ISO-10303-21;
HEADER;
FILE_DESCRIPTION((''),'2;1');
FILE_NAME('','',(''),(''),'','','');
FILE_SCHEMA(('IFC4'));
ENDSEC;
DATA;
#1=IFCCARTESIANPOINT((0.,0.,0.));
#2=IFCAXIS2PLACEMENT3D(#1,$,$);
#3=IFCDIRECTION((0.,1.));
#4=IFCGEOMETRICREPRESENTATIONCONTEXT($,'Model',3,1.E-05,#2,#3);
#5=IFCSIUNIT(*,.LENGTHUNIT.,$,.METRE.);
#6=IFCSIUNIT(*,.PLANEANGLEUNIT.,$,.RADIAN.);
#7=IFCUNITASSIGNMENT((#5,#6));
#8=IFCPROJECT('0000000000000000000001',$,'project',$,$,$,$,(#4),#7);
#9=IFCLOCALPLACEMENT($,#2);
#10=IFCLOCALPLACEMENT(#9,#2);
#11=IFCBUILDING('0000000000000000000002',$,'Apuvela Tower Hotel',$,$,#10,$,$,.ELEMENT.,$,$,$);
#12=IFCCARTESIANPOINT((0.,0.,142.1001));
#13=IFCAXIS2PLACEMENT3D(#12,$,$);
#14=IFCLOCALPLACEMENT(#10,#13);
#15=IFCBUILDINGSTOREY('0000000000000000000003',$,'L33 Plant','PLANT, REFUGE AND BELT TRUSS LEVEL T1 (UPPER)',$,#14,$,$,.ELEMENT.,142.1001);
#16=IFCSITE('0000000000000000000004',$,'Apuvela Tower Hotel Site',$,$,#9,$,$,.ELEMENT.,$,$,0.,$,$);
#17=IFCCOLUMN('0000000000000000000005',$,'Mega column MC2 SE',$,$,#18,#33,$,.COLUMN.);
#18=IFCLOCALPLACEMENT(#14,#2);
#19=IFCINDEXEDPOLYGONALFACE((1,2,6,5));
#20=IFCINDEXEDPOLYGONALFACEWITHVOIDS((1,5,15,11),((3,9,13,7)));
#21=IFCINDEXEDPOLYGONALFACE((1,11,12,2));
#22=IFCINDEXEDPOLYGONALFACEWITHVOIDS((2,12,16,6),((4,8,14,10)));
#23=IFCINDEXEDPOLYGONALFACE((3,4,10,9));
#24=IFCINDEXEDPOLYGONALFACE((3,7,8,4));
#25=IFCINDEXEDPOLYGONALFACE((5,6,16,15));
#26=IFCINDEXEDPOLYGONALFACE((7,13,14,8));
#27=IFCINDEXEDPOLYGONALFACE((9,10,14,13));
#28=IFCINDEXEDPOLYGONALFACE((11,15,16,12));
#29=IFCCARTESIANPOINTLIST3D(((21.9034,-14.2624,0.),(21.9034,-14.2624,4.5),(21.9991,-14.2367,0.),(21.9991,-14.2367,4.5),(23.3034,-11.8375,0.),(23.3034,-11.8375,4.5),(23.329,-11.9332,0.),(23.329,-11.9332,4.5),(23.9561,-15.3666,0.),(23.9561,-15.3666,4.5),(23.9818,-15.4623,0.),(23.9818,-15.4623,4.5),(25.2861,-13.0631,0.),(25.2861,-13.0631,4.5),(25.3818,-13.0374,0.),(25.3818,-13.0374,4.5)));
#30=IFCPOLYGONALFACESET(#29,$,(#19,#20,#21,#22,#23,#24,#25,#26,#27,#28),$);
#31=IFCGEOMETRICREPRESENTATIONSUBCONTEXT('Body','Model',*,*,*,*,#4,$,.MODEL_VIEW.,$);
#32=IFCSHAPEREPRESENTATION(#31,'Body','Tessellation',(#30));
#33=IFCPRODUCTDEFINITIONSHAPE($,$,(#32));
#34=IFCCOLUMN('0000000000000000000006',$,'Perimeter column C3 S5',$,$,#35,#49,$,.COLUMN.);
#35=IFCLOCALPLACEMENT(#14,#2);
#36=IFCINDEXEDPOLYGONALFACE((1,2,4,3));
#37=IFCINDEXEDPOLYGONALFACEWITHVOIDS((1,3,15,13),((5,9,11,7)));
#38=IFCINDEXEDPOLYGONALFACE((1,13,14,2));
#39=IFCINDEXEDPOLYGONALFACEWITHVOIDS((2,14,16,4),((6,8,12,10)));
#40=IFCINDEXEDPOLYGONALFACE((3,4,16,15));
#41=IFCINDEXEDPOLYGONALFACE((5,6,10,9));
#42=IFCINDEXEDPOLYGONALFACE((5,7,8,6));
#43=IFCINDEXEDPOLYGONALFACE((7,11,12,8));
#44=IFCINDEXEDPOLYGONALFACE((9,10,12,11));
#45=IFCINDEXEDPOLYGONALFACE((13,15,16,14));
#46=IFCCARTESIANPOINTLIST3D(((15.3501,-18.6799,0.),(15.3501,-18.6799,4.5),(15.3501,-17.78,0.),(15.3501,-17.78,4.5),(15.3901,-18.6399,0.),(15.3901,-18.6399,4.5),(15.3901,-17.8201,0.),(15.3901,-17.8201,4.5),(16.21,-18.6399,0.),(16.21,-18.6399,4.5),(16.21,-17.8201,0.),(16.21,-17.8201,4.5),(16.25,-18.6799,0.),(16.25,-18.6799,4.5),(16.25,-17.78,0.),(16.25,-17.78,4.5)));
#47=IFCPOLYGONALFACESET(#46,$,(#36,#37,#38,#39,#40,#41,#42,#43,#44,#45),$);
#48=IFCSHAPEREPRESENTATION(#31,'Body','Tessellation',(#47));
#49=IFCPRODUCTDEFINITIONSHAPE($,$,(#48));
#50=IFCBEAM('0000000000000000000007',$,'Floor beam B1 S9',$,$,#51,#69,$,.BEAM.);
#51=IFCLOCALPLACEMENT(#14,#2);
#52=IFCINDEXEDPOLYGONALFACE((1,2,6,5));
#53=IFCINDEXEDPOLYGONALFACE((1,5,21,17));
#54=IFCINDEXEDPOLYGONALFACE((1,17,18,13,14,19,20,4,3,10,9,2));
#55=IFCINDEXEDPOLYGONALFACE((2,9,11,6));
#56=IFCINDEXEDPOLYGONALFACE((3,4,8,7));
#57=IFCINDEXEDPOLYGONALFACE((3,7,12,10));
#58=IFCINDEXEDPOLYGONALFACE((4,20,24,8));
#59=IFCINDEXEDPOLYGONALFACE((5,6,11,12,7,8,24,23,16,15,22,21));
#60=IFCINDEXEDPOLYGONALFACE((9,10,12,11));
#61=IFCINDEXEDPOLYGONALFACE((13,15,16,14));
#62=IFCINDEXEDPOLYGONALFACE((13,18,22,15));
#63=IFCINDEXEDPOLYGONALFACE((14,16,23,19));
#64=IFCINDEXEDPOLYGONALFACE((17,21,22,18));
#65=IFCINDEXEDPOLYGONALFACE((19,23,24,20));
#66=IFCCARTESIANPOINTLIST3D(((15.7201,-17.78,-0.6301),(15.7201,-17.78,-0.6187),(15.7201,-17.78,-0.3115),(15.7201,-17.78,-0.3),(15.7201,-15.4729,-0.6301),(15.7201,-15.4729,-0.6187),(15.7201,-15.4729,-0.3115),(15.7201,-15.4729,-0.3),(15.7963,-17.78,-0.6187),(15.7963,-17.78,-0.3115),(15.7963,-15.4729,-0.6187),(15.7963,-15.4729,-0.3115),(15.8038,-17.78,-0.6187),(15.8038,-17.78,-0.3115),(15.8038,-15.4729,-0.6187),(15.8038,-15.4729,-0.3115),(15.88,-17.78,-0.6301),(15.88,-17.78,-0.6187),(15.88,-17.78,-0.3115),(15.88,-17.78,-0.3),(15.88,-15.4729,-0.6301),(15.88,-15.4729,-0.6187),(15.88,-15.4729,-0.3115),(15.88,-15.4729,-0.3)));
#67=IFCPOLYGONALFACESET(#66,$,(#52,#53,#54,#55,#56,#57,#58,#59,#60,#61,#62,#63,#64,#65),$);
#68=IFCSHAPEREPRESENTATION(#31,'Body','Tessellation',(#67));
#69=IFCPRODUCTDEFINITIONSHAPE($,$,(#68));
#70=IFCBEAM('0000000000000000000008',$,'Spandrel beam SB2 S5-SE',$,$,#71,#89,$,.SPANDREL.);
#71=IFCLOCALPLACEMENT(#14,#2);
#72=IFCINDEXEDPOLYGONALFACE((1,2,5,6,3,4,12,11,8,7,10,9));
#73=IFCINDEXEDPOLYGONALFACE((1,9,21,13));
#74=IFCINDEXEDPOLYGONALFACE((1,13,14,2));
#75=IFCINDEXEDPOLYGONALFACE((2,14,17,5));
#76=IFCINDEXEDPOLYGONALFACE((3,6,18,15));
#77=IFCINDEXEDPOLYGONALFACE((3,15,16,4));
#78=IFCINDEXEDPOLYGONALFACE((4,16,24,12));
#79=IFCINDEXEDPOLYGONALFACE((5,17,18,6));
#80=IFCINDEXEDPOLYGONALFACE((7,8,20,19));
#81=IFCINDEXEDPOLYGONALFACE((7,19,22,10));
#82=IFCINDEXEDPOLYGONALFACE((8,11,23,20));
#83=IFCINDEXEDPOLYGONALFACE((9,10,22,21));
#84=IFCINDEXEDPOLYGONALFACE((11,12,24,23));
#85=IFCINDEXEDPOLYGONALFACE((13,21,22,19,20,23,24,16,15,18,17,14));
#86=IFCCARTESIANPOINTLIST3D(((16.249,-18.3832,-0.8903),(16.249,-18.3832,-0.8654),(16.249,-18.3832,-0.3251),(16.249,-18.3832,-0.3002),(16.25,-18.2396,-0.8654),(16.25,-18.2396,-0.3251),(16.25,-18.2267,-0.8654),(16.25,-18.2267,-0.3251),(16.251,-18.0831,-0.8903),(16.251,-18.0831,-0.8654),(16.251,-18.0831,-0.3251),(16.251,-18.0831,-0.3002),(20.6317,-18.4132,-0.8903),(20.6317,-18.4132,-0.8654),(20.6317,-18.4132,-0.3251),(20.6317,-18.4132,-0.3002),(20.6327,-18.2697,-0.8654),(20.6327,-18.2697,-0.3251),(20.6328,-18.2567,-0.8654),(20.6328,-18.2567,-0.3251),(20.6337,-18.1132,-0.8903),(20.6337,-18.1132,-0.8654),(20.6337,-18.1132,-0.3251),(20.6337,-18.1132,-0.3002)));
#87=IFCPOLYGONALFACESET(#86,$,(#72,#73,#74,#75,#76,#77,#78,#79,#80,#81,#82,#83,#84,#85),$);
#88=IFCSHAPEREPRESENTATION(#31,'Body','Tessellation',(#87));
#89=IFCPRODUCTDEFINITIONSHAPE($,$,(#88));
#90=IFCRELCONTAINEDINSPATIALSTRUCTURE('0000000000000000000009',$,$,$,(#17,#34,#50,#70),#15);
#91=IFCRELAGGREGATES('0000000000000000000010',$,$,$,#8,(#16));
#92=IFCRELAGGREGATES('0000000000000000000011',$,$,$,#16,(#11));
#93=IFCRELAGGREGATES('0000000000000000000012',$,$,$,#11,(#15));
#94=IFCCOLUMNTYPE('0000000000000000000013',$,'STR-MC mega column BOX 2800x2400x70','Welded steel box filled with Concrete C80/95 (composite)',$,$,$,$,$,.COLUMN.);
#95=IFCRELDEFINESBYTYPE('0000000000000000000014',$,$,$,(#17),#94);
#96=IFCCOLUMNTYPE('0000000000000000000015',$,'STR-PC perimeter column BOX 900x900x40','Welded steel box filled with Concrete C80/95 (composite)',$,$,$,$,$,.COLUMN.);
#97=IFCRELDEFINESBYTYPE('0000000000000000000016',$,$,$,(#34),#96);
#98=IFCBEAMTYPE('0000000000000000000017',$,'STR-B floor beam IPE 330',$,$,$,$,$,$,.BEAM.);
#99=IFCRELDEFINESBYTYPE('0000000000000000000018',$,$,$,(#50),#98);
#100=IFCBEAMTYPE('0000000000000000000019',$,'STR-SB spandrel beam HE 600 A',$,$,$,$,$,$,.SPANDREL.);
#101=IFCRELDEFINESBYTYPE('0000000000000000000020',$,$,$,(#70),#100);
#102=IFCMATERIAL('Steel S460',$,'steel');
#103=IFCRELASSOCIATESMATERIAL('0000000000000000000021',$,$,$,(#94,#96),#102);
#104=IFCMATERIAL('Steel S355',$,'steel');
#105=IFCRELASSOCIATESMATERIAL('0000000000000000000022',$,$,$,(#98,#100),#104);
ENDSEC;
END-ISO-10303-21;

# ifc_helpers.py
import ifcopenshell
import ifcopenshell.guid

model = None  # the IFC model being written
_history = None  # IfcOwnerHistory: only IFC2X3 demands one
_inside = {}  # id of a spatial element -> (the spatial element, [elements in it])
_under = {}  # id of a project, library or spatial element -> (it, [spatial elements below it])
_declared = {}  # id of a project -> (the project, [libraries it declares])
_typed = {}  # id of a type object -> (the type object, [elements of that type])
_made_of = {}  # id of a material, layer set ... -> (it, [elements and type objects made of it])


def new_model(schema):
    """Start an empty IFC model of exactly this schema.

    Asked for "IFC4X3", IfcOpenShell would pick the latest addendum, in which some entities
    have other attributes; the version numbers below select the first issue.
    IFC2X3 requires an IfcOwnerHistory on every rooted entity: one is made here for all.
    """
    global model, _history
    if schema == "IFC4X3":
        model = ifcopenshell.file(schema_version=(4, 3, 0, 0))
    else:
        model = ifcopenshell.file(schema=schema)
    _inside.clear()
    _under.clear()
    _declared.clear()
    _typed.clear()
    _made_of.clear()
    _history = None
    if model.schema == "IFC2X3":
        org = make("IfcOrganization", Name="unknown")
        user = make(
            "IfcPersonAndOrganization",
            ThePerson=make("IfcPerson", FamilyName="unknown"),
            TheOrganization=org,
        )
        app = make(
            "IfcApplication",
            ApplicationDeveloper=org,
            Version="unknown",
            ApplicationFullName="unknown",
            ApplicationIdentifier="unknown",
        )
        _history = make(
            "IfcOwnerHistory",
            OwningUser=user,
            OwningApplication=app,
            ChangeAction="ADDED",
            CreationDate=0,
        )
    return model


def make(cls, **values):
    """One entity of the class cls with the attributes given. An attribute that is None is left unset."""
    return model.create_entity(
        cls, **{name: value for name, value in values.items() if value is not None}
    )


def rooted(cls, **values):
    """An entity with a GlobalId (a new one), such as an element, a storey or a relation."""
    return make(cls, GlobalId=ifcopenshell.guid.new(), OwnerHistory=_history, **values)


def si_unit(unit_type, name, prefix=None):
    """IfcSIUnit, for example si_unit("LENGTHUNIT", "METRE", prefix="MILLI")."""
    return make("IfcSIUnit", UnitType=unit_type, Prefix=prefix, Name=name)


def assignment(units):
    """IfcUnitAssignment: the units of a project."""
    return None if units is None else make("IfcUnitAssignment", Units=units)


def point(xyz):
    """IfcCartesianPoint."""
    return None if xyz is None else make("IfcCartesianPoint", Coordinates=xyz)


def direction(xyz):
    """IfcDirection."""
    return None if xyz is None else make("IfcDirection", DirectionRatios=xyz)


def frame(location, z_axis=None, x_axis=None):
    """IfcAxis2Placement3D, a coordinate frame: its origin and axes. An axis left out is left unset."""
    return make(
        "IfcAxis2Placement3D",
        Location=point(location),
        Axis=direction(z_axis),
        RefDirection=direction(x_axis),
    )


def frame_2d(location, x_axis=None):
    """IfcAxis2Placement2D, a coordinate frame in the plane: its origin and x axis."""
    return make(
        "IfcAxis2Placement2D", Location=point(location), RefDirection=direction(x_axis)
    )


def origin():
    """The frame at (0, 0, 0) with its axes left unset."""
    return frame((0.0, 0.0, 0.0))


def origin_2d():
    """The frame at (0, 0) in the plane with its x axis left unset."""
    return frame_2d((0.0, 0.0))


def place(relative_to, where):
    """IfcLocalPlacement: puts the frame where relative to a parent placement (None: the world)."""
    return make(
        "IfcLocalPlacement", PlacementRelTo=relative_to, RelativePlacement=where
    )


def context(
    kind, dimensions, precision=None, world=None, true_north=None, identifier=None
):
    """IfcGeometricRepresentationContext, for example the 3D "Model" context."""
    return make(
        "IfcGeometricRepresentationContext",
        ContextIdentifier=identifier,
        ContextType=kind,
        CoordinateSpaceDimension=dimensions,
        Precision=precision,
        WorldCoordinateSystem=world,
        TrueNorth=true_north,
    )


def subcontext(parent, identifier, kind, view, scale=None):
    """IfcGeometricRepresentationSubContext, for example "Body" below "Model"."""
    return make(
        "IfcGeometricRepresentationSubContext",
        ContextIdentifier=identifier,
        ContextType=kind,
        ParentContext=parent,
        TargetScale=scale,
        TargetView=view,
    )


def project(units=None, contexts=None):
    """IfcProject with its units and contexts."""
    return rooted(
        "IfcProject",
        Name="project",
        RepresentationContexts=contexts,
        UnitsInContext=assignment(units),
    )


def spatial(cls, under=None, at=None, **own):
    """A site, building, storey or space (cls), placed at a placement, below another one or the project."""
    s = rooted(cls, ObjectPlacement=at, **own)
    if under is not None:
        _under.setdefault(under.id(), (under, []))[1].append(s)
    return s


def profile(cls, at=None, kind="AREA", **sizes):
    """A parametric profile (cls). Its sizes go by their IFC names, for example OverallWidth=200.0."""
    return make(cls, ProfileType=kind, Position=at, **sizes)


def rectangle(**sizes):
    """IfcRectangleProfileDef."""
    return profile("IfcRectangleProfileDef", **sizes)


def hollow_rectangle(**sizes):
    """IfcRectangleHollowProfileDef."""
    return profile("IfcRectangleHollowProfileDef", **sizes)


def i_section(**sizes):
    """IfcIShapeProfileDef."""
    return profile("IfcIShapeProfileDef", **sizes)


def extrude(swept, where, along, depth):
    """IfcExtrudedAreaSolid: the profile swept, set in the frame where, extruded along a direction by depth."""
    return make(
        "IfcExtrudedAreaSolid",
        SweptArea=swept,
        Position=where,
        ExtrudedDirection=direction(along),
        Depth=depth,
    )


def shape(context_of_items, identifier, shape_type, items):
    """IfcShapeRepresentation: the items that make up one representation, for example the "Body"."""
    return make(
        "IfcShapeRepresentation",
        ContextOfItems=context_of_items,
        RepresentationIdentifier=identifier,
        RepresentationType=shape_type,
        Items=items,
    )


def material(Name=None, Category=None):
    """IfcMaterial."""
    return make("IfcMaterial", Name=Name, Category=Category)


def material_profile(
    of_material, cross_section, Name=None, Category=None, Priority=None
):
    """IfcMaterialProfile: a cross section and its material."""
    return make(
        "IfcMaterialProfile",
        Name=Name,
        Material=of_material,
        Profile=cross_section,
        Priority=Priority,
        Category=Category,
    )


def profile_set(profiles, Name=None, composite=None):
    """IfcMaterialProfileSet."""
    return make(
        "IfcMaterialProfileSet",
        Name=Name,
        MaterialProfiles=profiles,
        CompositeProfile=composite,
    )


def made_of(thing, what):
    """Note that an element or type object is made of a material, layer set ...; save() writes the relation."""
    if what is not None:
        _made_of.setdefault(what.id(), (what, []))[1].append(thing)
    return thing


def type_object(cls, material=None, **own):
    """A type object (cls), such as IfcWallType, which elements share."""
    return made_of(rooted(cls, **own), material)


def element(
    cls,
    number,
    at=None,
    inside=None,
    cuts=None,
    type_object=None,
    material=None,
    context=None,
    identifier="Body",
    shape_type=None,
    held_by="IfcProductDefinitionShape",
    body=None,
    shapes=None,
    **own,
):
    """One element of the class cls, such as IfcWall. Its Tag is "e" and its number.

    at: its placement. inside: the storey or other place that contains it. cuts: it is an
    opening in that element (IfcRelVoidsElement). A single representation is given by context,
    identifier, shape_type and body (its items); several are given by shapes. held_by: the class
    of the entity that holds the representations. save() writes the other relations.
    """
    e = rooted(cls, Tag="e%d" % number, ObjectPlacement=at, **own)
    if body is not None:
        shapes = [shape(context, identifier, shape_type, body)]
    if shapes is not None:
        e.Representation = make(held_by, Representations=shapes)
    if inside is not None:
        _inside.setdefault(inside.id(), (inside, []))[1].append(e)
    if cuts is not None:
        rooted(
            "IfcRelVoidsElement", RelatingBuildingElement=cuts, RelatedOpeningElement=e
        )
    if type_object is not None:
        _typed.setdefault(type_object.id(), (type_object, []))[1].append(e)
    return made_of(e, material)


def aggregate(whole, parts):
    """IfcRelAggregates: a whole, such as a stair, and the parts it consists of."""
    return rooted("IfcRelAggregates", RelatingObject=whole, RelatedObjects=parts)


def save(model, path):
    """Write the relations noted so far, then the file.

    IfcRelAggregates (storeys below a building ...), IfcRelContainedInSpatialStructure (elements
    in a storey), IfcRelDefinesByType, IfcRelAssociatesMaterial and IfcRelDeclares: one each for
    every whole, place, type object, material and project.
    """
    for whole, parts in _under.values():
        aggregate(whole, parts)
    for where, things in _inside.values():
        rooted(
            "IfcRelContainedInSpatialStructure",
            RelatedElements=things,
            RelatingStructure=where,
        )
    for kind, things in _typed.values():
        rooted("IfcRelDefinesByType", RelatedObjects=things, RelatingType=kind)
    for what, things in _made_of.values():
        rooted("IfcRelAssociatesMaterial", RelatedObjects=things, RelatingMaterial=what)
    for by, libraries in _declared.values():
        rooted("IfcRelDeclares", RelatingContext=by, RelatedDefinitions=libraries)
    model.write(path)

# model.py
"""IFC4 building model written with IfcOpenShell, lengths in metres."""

from ifc_helpers import new_model, si_unit, direction, frame, origin, origin_2d, place, context, subcontext, project, spatial, rectangle, hollow_rectangle, i_section, extrude, material, material_profile, profile_set, type_object, element, save


model = new_model("IFC4")

# Units and contexts
model_context = context("Model", 3, precision=1e-05, world=origin(), true_north=direction((0.0, 1.0)))
body_context = subcontext(model_context, "Body", "Model", "MODEL_VIEW")
ifc_project = project(units=[si_unit("LENGTHUNIT", "METRE"), si_unit("PLANEANGLEUNIT", "RADIAN")], contexts=[model_context])

# Site, building, storey
site_placement = place(None, origin())
site = spatial("IfcSite", under=ifc_project, at=site_placement, Name="Apuvela Tower Hotel Site", CompositionType="ELEMENT", RefElevation=0.0)
building_placement = place(site_placement, origin())
building = spatial("IfcBuilding", under=site, at=building_placement, Name="Apuvela Tower Hotel", CompositionType="ELEMENT")
storey_placement = place(building_placement, frame((0.0, 0.0, 142.1001)))
storey = spatial("IfcBuildingStorey", under=building, at=storey_placement, Name="L33 Plant", Description="PLANT, REFUGE AND BELT TRUSS LEVEL T1 (UPPER)", CompositionType="ELEMENT", Elevation=142.1001)

# Columns
ifc_material_1 = material(Name="Steel S460", Category="steel")
ifc_material_profile_1 = material_profile(ifc_material_1, hollow_rectangle(XDim=2.8, YDim=2.3999, WallThickness=0.0701, at=origin_2d()), Name="BOX 2800x2400x70")
ifc_material_2 = material(Name="Concrete C80/95", Category="concrete")
ifc_material_profile_2 = material_profile(ifc_material_2, rectangle(XDim=2.6599, YDim=2.26, at=origin_2d()), Name="Concrete C80/95 infill")
ifc_profile_set_1 = profile_set([ifc_material_profile_1, ifc_material_profile_2], Name="Steel S460")
column_type_1 = type_object("IfcColumnType", Name="STR-MC mega column BOX 2800x2400x70", Description="Welded steel box filled with Concrete C80/95 (composite)", PredefinedType="COLUMN", material=ifc_profile_set_1)
column_1_placement = place(storey_placement, frame((23.6426, -13.6499, 0.0), z_axis=(0.0, 0.0, 1.0), x_axis=(0.5, 0.866025, 0.0)))
element("IfcColumn", 1, at=column_1_placement, inside=storey, type_object=column_type_1, Name="Mega column MC2 SE", PredefinedType="COLUMN", context=body_context, shape_type="SweptSolid", body=[
    extrude(hollow_rectangle(XDim=2.8, YDim=2.3999, WallThickness=0.0701, at=origin_2d()), origin(), (0.0, 0.0, 1.0), 4.5),
])
ifc_material_profile_3 = material_profile(ifc_material_1, hollow_rectangle(XDim=0.8999, YDim=0.8999, WallThickness=0.04, at=origin_2d()), Name="BOX 900x900x40")
ifc_material_profile_4 = material_profile(ifc_material_2, rectangle(XDim=0.8201, YDim=0.8201, at=origin_2d()), Name="Concrete C80/95 infill")
ifc_profile_set_2 = profile_set([ifc_material_profile_3, ifc_material_profile_4], Name="Steel S460")
column_type_2 = type_object("IfcColumnType", Name="STR-PC perimeter column BOX 900x900x40", Description="Welded steel box filled with Concrete C80/95 (composite)", PredefinedType="COLUMN", material=ifc_profile_set_2)
column_2_placement = place(storey_placement, frame((15.8, -18.23, 0.0), z_axis=(0.0, 0.0, 1.0), x_axis=(-1.0, 0.0, 0.0)))
element("IfcColumn", 2, at=column_2_placement, inside=storey, type_object=column_type_2, Name="Perimeter column C3 S5", PredefinedType="COLUMN", context=body_context, shape_type="SweptSolid", body=[
    extrude(hollow_rectangle(XDim=0.8999, YDim=0.8999, WallThickness=0.04, at=origin_2d()), origin(), (0.0, 0.0, 1.0), 4.5),
])

# Beams
ifc_material_3 = material(Name="Steel S355", Category="steel")
ifc_material_profile_5 = material_profile(ifc_material_3, i_section(OverallWidth=0.1599, OverallDepth=0.3301, WebThickness=0.0076, FlangeThickness=0.0115, at=origin_2d()), Name="IPE 330")
ifc_profile_set_3 = profile_set([ifc_material_profile_5], Name="Steel S355")
beam_type_1 = type_object("IfcBeamType", Name="STR-B floor beam IPE 330", PredefinedType="BEAM", material=ifc_profile_set_3)
beam_1_placement = place(storey_placement, frame((15.8, -17.78, -0.4651), z_axis=(0.0, 1.0, 0.0), x_axis=(-1.0, 0.0, 0.0)))
element("IfcBeam", 3, at=beam_1_placement, inside=storey, type_object=beam_type_1, Name="Floor beam B1 S9", PredefinedType="BEAM", context=body_context, shape_type="SweptSolid", body=[
    extrude(i_section(OverallWidth=0.1599, OverallDepth=0.3301, WebThickness=0.0076, FlangeThickness=0.0115, at=origin_2d()), origin(), (0.0, 0.0, 1.0), 2.3071),
])
ifc_material_profile_6 = material_profile(ifc_material_3, i_section(OverallWidth=0.3, OverallDepth=0.5901, WebThickness=0.0129, FlangeThickness=0.0249, at=origin_2d()), Name="HE 600 A")
ifc_profile_set_4 = profile_set([ifc_material_profile_6], Name="Steel S355")
beam_type_2 = type_object("IfcBeamType", Name="STR-SB spandrel beam HE 600 A", PredefinedType="SPANDREL", material=ifc_profile_set_4)
beam_2_placement = place(storey_placement, frame((16.25, -18.2332, -0.5952), z_axis=(0.999977, -0.006851, 0.0), x_axis=(0.006851, 0.999977, 0.0)))
element("IfcBeam", 4, at=beam_2_placement, inside=storey, type_object=beam_type_2, Name="Spandrel beam SB2 S5-SE", PredefinedType="SPANDREL", context=body_context, shape_type="SweptSolid", body=[
    extrude(i_section(OverallWidth=0.3, OverallDepth=0.5901, WebThickness=0.0129, FlangeThickness=0.0249, at=origin_2d()), origin(), (0.0, 0.0, 1.0), 4.3828),
])

save(model, "model.ifc")
